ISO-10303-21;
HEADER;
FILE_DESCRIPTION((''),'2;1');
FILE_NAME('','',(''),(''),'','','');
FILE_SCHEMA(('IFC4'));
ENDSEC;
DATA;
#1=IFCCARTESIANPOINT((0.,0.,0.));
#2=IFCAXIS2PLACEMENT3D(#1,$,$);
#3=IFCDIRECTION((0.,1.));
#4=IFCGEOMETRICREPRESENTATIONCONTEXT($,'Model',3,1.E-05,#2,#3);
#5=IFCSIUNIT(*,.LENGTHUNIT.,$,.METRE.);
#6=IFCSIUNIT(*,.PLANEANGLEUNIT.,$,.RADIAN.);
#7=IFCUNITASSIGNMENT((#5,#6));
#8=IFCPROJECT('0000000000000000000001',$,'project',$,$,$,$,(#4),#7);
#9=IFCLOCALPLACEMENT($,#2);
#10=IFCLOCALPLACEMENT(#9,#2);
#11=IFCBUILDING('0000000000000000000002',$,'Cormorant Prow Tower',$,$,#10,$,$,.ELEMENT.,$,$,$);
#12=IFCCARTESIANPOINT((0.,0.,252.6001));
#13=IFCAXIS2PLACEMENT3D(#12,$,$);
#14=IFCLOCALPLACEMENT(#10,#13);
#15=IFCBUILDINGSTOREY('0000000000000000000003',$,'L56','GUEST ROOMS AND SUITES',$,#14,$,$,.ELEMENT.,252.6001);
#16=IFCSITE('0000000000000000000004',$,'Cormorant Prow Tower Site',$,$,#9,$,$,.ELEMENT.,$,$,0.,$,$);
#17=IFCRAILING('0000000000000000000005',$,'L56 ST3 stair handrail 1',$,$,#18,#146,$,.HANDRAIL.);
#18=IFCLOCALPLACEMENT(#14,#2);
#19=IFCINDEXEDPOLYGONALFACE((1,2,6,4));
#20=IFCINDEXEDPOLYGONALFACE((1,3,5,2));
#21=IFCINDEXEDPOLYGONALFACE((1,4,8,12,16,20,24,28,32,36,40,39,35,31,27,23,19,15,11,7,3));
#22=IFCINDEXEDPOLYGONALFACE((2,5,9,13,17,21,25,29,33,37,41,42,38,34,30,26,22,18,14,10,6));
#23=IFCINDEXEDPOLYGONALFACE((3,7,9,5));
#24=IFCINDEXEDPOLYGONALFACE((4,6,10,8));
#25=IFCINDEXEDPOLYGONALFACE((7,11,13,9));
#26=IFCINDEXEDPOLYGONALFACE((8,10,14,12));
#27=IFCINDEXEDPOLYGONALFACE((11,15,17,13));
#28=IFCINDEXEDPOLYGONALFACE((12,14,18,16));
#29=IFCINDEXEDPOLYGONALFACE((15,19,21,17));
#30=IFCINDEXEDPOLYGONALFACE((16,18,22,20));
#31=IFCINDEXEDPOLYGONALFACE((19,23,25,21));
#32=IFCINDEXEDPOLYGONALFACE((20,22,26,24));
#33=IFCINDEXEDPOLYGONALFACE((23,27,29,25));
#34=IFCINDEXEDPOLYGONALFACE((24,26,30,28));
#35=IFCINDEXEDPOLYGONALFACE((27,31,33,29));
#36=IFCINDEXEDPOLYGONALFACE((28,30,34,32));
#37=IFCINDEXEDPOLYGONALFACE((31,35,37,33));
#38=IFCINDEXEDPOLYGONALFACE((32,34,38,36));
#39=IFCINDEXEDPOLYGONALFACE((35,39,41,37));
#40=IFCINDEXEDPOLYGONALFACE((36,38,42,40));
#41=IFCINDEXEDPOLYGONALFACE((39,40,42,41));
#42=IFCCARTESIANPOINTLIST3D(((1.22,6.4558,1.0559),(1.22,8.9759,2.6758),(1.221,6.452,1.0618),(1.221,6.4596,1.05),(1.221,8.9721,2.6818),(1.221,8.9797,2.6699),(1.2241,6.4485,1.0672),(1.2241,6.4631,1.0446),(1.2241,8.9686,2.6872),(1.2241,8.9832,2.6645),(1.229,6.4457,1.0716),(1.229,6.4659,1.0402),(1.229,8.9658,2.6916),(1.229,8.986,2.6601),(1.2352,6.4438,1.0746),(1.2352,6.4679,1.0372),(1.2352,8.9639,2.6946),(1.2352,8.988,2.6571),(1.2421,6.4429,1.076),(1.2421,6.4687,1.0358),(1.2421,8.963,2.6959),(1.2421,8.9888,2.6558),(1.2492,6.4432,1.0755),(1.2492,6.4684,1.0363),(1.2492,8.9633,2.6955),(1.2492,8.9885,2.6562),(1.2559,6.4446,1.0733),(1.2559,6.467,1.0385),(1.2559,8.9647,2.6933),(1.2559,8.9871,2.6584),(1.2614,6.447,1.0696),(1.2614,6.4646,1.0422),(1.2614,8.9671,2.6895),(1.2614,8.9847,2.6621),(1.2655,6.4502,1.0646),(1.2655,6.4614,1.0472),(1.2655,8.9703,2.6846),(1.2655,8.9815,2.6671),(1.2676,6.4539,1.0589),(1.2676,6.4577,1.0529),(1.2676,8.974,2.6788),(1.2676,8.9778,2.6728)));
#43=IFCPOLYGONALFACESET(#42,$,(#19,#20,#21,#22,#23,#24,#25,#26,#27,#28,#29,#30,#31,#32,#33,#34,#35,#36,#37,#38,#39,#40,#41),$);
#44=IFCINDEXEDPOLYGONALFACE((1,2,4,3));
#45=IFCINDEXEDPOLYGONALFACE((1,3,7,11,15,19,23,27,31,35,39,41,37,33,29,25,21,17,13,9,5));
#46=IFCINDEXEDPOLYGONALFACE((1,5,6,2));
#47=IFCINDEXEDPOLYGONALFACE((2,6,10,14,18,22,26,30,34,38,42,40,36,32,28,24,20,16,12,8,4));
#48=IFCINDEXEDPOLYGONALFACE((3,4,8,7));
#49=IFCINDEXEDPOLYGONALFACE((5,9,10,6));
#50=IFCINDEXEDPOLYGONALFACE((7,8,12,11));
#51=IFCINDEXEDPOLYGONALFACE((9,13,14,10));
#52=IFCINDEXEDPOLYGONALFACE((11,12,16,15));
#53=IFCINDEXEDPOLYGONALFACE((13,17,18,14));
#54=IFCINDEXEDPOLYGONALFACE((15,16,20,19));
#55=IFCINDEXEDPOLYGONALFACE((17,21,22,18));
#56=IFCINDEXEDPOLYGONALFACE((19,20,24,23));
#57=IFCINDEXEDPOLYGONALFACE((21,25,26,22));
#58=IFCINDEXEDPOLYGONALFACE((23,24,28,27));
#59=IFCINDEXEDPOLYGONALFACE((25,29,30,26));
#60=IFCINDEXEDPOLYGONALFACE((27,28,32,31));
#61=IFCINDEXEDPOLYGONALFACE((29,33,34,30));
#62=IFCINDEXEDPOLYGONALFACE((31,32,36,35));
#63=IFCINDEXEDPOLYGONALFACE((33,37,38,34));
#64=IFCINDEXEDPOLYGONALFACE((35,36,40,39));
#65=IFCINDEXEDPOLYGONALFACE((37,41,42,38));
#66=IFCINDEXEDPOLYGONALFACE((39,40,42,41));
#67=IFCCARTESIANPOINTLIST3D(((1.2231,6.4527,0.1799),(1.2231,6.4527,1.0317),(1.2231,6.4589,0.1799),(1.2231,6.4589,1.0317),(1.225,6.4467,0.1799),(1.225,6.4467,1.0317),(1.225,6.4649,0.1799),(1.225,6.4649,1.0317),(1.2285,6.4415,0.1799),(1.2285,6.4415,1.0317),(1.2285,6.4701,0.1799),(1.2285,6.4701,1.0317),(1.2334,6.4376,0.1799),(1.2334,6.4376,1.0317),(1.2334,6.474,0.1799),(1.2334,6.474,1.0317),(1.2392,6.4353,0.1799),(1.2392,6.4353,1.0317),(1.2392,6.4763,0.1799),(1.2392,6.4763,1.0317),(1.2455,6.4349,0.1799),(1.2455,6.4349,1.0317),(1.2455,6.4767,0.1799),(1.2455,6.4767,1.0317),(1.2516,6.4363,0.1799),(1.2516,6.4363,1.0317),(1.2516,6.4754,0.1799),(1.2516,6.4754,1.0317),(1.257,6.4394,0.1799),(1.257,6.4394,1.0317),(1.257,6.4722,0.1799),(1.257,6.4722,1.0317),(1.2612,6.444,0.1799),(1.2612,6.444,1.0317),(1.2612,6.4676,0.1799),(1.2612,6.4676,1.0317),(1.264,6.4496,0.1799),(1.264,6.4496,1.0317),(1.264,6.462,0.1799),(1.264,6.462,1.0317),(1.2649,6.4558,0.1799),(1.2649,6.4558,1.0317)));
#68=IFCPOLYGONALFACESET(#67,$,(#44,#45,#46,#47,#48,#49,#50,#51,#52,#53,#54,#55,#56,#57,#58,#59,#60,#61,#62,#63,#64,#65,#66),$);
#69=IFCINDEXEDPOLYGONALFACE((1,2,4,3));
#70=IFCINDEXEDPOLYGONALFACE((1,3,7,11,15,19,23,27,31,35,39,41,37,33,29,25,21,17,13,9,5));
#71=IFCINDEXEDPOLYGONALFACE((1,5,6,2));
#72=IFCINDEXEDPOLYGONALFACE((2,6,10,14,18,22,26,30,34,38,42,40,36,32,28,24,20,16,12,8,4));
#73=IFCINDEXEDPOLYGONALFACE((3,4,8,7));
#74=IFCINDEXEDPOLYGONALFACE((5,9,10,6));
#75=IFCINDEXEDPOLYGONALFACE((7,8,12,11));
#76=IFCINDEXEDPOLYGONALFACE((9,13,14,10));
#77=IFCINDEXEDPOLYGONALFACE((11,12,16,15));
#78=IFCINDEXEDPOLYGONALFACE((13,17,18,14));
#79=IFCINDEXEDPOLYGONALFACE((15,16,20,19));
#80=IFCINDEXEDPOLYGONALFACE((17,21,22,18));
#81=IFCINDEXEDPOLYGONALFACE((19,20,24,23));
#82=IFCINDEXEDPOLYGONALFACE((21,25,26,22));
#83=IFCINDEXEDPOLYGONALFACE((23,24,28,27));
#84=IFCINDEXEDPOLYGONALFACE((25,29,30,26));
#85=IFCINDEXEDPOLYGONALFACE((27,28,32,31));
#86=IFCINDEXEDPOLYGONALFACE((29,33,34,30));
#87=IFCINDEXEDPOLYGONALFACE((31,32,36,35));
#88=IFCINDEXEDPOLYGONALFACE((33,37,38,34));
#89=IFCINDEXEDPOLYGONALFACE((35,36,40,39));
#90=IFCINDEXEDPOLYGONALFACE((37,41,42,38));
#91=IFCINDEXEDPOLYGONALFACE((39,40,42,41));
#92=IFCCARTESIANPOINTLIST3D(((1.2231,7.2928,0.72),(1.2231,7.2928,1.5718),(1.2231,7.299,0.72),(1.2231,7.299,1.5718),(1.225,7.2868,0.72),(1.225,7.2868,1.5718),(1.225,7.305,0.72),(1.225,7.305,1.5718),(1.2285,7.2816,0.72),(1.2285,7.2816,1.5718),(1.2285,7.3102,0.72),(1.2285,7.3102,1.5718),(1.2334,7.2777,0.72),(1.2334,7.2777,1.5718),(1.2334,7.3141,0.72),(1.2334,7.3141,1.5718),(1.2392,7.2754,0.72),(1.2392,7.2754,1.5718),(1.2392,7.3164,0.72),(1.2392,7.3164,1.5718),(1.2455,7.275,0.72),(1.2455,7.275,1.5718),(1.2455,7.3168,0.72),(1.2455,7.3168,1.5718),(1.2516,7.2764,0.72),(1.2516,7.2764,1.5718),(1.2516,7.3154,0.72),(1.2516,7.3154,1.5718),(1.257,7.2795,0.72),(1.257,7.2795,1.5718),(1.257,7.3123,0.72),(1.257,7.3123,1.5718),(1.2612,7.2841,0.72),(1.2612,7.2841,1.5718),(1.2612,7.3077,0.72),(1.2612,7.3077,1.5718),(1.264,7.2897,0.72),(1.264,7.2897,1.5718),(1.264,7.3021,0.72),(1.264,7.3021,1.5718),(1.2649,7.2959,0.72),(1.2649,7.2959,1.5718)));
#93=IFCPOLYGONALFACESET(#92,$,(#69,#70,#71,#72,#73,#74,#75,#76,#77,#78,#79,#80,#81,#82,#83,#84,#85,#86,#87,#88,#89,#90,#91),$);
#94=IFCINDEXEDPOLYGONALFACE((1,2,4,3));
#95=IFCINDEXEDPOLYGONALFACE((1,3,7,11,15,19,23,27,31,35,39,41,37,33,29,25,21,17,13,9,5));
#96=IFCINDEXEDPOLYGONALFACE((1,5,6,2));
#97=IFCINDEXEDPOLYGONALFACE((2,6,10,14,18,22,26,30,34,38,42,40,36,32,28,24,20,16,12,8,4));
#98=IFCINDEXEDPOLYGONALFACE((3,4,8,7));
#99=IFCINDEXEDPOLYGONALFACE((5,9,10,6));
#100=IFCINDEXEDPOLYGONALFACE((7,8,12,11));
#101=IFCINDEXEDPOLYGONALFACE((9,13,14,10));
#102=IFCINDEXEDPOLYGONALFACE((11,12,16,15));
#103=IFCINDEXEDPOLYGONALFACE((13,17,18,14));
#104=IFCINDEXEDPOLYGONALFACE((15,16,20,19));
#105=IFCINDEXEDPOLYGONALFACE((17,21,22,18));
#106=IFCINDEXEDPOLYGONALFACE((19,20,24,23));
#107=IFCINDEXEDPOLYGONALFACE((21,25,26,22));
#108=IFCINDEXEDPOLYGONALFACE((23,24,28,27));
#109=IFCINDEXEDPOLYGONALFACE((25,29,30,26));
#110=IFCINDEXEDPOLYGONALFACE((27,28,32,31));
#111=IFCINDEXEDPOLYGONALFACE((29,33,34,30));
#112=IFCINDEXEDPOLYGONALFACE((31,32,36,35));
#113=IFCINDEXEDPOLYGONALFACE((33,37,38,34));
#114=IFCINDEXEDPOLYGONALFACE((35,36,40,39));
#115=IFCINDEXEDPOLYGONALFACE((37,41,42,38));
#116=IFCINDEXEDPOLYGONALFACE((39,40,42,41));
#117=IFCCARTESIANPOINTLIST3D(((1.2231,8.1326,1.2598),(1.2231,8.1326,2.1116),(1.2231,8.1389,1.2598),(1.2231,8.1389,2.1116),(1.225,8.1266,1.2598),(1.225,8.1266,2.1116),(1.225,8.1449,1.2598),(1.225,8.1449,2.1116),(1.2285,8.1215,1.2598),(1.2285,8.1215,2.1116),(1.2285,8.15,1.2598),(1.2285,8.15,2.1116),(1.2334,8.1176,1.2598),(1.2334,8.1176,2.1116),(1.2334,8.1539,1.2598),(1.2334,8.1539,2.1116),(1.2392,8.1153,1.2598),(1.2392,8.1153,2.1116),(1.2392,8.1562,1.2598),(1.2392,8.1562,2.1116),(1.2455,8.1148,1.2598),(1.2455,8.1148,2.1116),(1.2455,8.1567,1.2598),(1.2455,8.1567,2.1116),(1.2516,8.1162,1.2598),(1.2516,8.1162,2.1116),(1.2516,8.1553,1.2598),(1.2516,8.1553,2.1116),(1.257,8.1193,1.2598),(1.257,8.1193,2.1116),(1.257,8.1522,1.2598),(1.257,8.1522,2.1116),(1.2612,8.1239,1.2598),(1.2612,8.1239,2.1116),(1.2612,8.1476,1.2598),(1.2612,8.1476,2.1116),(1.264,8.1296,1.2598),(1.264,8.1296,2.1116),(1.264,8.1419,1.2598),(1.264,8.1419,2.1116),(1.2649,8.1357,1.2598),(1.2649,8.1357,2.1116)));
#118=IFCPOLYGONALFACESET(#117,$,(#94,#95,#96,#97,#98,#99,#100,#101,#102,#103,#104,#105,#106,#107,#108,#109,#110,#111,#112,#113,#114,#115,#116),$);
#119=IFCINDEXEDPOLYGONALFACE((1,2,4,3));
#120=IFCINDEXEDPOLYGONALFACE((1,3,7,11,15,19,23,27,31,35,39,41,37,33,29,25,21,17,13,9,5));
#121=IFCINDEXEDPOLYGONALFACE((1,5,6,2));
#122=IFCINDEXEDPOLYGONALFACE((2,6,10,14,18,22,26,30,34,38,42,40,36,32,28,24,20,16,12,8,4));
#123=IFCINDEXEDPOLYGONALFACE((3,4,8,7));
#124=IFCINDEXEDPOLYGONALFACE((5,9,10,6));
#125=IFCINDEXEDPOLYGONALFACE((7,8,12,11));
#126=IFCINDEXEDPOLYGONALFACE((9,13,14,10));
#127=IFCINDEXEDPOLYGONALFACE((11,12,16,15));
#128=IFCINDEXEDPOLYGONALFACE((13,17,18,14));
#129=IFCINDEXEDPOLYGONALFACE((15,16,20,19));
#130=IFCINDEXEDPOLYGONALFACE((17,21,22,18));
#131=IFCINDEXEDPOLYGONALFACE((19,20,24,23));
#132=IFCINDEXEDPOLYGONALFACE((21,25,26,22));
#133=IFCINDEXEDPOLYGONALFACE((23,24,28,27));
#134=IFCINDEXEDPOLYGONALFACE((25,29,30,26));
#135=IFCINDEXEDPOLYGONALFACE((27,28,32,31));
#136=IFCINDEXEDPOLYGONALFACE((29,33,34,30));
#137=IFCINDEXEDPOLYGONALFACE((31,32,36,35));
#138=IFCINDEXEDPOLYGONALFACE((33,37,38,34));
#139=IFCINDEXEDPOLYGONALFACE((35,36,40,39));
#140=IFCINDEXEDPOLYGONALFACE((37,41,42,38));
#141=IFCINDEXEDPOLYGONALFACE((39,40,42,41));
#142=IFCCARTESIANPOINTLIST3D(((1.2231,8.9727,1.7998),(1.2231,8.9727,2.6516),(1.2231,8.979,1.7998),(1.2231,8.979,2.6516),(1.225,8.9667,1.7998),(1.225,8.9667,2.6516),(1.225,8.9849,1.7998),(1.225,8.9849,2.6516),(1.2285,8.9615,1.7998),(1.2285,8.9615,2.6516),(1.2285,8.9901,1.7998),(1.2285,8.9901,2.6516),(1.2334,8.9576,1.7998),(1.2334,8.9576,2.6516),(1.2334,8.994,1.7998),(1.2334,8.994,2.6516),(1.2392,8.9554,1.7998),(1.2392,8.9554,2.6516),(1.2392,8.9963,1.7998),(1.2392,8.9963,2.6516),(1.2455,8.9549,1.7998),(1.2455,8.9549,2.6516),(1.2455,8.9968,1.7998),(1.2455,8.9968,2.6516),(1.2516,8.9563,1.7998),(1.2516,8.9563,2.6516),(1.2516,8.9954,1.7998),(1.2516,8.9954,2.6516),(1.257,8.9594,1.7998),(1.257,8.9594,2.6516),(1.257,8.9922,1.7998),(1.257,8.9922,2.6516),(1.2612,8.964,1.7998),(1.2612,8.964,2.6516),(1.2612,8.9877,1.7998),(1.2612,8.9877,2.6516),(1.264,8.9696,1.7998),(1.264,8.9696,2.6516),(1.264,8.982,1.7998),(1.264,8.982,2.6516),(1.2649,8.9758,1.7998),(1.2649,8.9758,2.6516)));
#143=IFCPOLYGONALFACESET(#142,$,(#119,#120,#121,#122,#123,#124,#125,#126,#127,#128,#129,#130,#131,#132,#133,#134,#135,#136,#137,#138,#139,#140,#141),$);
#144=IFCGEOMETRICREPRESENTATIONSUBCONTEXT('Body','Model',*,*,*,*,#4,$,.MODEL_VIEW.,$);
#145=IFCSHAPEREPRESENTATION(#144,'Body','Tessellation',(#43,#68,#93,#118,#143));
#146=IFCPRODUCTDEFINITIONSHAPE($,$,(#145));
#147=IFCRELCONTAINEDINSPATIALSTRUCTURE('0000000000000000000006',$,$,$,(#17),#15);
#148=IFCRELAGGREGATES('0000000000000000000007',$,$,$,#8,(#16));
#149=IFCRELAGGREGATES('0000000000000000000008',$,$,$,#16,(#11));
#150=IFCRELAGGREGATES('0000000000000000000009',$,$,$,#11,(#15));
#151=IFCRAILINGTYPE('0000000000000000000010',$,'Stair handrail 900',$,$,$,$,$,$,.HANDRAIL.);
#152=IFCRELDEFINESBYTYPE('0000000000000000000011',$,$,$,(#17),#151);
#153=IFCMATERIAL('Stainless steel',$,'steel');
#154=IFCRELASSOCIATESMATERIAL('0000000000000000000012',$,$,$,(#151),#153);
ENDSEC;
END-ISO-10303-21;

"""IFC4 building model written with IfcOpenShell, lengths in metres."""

from ifc_helpers import new_model, si_unit, direction, frame, origin, origin_2d, place, context, subcontext, project, spatial, circle, extrude, material, type_object, element, save


model = new_model("IFC4")

# Units and contexts
model_context = context("Model", 3, precision=1e-05, world=origin(), true_north=direction((0.0, 1.0)))
body_context = subcontext(model_context, "Body", "Model", "MODEL_VIEW")
ifc_project = project(units=[si_unit("LENGTHUNIT", "METRE"), si_unit("PLANEANGLEUNIT", "RADIAN")], contexts=[model_context])

# Site, building, storey
site_placement = place(None, origin())
site = spatial("IfcSite", under=ifc_project, at=site_placement, Name="Cormorant Prow Tower Site", CompositionType="ELEMENT", RefElevation=0.0)
building_placement = place(site_placement, origin())
building = spatial("IfcBuilding", under=site, at=building_placement, Name="Cormorant Prow Tower", CompositionType="ELEMENT")
storey_placement = place(building_placement, frame((0.0, 0.0, 252.6001)))
storey = spatial("IfcBuildingStorey", under=building, at=storey_placement, Name="L56", Description="GUEST ROOMS AND SUITES", CompositionType="ELEMENT", Elevation=252.6001)

# Railing
ifc_material_1 = material(Name="Stainless steel", Category="steel")
railing_type_1 = type_object("IfcRailingType", Name="Stair handrail 900", PredefinedType="HANDRAIL", material=ifc_material_1)
railing_1_placement = place(storey_placement, frame((1.2439, 6.4558, 0.1799)))
element("IfcRailing", 1, at=railing_1_placement, inside=storey, type_object=railing_type_1, Name="L56 ST3 stair handrail 1", PredefinedType="HANDRAIL", context=body_context, shape_type="SweptSolid", body=[
    extrude(circle(Radius=0.0239, at=origin_2d()), frame((0.0, 0.0, 0.876), z_axis=(0.0, 0.8412, 0.540725), x_axis=(-1.0, 0.0, 0.0)), (0.0, 0.0, 1.0), 2.9958),
    extrude(circle(Radius=0.021, at=origin_2d()), origin(), (0.0, 0.0, 1.0), 0.8518),
    extrude(circle(Radius=0.021, at=origin_2d()), frame((0.0, 0.8401, 0.54)), (0.0, 0.0, 1.0), 0.8518),
    extrude(circle(Radius=0.021, at=origin_2d()), frame((0.0, 1.6799, 1.0798)), (0.0, 0.0, 1.0), 0.8518),
    extrude(circle(Radius=0.021, at=origin_2d()), frame((0.0, 2.52, 1.6199)), (0.0, 0.0, 1.0), 0.8518),
])

save(model, "model.ifc")
